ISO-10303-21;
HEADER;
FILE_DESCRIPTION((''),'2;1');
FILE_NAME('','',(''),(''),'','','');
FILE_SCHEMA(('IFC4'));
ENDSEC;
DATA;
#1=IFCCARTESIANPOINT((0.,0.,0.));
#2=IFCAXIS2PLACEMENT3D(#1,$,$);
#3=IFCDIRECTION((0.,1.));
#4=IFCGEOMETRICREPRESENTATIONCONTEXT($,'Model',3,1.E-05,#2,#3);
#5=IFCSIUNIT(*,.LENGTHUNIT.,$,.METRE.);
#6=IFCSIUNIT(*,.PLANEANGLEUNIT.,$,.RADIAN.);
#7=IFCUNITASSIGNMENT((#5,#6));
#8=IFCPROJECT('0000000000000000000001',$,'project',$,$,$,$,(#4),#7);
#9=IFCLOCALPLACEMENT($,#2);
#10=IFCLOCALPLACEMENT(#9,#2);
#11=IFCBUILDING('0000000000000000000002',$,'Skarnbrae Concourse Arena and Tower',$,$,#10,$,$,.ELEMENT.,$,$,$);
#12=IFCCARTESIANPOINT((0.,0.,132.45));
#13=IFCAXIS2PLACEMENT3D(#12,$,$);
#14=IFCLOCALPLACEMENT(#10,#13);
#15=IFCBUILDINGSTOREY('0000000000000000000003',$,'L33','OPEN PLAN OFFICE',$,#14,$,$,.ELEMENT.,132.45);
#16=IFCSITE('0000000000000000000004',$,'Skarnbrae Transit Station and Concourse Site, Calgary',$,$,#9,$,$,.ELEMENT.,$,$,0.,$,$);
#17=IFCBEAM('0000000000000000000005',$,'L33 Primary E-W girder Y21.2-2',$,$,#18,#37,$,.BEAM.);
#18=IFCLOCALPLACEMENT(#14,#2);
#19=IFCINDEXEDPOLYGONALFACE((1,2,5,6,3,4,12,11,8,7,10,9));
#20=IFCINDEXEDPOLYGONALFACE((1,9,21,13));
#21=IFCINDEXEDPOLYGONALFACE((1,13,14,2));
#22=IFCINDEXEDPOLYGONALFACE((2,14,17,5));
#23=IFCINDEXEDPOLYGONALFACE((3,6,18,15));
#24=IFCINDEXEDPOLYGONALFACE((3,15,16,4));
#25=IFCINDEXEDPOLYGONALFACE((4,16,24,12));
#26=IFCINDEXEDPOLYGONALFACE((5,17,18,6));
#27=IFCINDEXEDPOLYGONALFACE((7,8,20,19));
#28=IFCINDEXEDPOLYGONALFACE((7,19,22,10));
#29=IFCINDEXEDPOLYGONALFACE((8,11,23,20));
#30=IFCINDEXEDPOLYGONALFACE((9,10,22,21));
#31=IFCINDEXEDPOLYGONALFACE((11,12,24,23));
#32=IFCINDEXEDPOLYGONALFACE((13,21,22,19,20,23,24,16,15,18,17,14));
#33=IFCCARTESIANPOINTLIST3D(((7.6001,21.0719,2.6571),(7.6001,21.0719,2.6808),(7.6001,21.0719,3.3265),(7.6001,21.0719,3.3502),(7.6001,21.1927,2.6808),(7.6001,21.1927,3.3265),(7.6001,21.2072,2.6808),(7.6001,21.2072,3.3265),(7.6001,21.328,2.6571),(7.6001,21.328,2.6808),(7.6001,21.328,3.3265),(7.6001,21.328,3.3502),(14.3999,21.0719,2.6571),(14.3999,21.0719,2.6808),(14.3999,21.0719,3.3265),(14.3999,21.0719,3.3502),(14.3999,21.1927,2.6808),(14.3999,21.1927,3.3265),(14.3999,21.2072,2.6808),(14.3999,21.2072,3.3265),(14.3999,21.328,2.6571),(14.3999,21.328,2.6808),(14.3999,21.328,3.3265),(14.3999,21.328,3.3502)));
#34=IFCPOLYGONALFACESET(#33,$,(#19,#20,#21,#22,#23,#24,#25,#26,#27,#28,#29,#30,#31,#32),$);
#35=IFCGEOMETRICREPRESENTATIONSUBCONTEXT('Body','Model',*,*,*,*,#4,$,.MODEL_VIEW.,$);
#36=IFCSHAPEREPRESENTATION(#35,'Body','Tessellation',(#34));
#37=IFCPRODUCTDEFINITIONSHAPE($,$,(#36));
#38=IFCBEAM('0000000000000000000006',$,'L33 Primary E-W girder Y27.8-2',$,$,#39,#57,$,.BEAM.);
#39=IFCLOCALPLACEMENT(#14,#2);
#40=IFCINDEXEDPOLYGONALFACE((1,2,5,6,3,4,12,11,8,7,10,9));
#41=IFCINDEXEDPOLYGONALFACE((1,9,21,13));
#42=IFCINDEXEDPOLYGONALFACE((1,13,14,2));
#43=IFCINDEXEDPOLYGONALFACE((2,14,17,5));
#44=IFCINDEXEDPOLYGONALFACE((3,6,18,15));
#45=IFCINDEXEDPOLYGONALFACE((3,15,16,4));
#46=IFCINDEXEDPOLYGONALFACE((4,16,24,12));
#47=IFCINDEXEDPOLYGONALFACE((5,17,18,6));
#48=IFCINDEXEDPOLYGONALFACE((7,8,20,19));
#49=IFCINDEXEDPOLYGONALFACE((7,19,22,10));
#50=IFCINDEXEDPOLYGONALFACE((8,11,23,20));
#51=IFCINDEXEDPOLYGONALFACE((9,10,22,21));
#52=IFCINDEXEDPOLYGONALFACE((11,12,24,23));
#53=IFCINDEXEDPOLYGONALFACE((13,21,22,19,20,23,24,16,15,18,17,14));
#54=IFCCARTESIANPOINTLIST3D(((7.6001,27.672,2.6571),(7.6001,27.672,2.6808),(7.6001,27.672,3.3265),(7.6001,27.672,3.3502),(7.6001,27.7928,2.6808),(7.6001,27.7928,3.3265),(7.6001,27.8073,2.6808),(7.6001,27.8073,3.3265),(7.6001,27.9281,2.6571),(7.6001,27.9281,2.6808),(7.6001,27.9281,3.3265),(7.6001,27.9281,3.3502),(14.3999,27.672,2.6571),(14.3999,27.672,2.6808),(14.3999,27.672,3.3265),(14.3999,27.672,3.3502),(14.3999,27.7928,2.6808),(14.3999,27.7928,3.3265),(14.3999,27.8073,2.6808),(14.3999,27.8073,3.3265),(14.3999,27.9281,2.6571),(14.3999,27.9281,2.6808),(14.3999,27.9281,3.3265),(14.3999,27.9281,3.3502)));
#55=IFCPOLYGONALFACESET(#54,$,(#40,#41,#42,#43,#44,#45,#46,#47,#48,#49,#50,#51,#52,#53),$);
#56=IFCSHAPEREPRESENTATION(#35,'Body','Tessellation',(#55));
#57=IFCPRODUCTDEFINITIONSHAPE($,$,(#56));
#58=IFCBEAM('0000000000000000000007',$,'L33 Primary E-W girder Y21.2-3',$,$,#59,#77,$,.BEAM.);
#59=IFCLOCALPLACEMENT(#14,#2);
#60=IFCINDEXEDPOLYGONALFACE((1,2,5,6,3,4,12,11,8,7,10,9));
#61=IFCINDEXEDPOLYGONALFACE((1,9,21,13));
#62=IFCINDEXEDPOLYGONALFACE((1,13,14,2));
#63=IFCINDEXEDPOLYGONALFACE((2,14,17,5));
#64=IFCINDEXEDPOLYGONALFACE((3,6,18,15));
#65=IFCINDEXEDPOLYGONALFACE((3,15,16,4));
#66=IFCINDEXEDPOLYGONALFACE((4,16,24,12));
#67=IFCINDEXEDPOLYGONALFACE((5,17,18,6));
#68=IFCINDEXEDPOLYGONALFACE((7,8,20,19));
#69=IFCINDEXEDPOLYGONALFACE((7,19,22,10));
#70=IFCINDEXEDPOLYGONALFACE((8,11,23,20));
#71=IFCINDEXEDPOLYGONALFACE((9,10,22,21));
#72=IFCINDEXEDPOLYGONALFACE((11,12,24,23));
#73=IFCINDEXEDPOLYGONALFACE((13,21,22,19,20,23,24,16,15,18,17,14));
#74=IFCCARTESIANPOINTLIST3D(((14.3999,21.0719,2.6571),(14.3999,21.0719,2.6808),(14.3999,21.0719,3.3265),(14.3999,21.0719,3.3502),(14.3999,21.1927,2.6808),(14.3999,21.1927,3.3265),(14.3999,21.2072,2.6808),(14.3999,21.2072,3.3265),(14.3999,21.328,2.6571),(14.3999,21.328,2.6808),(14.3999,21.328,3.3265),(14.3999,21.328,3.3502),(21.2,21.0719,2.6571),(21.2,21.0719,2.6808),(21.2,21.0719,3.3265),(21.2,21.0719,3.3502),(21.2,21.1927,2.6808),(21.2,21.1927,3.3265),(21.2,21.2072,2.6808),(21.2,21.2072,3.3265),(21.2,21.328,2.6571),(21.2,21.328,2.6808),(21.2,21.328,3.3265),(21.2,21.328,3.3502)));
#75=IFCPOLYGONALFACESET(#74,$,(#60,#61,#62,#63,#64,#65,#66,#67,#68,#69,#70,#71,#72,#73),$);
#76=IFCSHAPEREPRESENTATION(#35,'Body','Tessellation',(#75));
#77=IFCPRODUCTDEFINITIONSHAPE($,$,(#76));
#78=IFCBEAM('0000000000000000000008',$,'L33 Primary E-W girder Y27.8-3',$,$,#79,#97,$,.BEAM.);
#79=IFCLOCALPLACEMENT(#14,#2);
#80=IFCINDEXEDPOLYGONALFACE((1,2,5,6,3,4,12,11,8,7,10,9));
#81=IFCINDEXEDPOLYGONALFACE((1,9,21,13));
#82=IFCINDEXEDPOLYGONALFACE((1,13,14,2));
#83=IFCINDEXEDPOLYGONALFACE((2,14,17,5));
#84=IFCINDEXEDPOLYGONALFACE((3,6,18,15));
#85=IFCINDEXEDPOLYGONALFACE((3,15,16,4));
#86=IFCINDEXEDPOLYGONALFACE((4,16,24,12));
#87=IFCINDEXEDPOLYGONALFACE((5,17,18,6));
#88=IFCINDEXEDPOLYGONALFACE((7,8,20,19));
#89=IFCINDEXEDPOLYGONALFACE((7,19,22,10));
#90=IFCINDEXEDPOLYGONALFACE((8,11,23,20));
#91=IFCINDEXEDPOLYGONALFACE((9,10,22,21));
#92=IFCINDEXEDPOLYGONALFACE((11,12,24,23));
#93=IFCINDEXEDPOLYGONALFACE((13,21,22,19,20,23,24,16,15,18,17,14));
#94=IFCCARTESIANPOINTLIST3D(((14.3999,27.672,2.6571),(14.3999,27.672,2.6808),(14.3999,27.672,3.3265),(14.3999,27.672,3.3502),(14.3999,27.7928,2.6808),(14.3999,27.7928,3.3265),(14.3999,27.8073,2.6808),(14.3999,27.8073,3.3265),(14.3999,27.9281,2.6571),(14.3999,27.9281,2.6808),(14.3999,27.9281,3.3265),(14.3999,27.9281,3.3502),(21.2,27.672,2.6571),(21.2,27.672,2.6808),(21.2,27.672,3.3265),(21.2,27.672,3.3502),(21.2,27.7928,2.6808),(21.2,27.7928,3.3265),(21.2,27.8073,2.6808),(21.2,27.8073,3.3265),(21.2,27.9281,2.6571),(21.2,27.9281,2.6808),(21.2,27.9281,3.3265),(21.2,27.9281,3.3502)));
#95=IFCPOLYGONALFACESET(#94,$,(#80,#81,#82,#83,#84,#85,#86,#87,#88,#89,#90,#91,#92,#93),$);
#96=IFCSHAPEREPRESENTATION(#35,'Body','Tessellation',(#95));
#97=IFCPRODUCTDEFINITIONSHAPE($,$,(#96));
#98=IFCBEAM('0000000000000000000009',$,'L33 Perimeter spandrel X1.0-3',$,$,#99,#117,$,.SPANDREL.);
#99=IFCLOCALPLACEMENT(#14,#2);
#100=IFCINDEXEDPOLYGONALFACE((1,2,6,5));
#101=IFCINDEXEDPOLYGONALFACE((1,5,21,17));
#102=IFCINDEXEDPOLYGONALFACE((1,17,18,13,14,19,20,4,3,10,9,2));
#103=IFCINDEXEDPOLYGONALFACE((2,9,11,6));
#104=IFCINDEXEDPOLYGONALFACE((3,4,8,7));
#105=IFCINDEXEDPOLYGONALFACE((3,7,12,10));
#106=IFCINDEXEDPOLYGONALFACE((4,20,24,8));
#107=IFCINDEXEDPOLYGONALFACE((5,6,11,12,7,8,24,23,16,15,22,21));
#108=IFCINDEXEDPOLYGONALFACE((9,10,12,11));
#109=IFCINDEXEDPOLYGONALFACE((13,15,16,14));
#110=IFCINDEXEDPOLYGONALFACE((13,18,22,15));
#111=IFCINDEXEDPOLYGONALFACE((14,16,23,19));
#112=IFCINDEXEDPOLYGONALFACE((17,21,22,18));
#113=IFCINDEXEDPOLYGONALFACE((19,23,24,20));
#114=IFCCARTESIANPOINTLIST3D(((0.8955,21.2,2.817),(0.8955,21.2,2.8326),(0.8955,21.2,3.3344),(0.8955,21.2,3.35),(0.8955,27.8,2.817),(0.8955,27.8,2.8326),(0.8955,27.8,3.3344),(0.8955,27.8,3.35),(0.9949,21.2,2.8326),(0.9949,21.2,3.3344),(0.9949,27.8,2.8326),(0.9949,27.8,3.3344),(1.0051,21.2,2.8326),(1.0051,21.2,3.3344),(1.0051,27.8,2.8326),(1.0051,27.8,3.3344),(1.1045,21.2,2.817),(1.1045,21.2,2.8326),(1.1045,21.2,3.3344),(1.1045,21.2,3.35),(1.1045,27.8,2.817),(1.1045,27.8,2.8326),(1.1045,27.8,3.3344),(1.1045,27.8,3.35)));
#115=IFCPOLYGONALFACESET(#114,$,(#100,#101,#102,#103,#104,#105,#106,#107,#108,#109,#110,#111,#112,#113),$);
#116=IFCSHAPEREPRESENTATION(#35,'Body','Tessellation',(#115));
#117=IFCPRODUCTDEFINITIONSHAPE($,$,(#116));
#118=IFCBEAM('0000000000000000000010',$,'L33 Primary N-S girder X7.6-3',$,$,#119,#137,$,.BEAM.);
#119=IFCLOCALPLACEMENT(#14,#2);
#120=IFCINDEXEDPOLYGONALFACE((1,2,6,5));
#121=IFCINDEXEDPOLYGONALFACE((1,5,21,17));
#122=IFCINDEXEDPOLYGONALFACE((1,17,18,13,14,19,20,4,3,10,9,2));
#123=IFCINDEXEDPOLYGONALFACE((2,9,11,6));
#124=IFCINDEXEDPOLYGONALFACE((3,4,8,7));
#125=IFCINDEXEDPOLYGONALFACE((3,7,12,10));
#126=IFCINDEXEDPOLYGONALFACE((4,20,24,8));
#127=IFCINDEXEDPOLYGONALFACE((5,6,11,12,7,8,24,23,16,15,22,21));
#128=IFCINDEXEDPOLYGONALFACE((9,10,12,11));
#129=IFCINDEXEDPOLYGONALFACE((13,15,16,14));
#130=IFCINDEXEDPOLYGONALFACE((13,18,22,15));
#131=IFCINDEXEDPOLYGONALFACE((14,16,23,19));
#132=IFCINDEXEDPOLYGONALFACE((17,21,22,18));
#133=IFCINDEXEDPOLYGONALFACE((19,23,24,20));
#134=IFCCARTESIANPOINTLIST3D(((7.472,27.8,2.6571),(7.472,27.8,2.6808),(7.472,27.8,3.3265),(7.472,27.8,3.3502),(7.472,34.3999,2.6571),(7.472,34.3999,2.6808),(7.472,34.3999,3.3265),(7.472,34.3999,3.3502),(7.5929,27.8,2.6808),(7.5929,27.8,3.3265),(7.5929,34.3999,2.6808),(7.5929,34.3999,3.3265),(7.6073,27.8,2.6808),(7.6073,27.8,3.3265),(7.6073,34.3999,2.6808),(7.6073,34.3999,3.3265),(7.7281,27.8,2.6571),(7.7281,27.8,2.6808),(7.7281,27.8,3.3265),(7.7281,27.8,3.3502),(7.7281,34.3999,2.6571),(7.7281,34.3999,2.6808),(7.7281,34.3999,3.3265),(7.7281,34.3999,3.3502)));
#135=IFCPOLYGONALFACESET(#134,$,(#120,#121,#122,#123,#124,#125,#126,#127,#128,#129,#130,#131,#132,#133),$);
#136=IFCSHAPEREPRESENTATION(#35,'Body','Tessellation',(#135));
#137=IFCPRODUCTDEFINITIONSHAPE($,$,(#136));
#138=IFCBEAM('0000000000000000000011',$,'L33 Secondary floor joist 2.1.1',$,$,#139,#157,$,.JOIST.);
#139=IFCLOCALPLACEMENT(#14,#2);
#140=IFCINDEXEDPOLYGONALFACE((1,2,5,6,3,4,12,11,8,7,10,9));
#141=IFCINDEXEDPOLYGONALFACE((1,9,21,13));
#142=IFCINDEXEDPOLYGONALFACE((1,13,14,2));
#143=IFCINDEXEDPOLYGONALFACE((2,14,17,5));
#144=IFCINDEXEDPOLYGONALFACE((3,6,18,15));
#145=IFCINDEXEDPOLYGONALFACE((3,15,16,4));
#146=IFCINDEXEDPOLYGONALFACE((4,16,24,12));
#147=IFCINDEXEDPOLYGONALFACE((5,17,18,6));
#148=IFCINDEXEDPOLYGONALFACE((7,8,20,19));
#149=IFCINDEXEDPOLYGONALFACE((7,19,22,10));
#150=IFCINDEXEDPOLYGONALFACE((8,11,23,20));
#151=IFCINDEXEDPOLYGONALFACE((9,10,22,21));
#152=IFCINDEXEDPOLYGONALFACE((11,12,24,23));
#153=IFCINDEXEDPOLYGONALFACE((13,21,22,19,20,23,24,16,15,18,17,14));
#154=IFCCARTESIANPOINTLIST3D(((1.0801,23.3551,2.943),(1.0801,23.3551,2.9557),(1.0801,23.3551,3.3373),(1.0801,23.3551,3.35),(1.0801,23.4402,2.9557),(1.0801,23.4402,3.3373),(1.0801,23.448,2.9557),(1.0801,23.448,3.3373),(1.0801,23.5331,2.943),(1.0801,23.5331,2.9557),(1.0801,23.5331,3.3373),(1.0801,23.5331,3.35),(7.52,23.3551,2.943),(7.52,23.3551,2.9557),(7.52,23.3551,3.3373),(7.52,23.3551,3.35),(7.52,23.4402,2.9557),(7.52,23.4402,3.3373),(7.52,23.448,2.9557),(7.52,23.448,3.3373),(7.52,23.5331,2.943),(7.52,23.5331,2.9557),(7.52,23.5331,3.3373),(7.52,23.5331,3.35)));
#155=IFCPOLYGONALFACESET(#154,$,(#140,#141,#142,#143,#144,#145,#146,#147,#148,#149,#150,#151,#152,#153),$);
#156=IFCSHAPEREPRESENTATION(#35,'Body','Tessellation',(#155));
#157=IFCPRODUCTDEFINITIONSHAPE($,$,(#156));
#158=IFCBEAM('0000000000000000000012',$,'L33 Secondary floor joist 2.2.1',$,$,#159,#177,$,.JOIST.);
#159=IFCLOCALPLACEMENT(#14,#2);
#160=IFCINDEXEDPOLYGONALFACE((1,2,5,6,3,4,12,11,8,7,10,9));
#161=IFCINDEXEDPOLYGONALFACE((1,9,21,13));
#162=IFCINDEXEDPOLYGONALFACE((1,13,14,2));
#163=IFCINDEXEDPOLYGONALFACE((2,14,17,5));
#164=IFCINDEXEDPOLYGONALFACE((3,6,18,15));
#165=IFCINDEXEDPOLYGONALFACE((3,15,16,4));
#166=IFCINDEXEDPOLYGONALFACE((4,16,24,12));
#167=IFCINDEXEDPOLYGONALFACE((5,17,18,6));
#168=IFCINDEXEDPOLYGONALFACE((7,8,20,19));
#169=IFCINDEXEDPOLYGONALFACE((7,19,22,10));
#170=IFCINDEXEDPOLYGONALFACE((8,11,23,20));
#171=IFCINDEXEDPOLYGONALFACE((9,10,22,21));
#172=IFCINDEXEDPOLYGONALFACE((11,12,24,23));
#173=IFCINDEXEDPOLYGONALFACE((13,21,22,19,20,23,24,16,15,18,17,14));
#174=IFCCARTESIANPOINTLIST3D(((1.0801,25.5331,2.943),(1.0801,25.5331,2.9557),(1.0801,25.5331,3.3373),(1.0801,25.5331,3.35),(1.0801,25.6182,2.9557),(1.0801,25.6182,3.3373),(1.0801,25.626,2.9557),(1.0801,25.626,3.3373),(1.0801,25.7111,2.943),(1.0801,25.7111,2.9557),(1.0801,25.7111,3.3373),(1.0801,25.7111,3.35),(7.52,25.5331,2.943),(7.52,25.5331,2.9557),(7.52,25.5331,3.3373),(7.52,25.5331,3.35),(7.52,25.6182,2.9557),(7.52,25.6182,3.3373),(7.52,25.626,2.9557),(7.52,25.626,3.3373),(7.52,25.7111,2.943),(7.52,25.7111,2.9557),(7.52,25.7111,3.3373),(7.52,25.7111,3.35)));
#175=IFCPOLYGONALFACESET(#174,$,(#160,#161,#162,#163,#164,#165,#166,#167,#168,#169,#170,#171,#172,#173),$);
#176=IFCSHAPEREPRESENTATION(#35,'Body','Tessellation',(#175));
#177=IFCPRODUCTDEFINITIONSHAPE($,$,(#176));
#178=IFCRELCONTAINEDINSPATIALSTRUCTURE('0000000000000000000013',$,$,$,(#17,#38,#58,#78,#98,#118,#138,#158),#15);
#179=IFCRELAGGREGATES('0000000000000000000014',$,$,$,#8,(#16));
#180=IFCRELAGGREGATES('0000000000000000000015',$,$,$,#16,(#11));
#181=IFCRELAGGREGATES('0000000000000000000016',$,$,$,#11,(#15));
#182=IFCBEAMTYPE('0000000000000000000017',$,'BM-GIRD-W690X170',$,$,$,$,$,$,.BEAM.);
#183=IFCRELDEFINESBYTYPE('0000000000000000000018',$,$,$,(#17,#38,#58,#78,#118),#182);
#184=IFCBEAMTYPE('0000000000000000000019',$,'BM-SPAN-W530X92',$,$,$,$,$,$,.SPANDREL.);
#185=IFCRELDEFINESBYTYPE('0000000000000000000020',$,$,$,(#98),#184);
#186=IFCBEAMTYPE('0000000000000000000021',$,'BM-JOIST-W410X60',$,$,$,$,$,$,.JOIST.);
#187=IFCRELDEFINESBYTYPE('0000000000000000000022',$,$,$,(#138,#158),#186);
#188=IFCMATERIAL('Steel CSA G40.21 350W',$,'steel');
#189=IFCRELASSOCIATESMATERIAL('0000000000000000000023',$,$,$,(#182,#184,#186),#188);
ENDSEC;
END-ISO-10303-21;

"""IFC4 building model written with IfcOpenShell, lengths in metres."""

from ifc_helpers import new_model, si_unit, direction, frame, origin, origin_2d, place, context, subcontext, project, spatial, i_section, extrude, source, transform, mapped, material, material_profile, profile_set, type_object, element, save


model = new_model("IFC4")

# Units and contexts
model_context = context("Model", 3, precision=1e-05, world=origin(), true_north=direction((0.0, 1.0)))
body_context = subcontext(model_context, "Body", "Model", "MODEL_VIEW")
ifc_project = project(units=[si_unit("LENGTHUNIT", "METRE"), si_unit("PLANEANGLEUNIT", "RADIAN")], contexts=[model_context])

# Site, building, storey
site_placement = place(None, origin())
site = spatial("IfcSite", under=ifc_project, at=site_placement, Name="Skarnbrae Transit Station and Concourse Site, Calgary", CompositionType="ELEMENT", RefElevation=0.0)
building_placement = place(site_placement, origin())
building = spatial("IfcBuilding", under=site, at=building_placement, Name="Skarnbrae Concourse Arena and Tower", CompositionType="ELEMENT")
storey_placement = place(building_placement, frame((0.0, 0.0, 132.45)))
storey = spatial("IfcBuildingStorey", under=building, at=storey_placement, Name="L33", Description="OPEN PLAN OFFICE", CompositionType="ELEMENT", Elevation=132.45)

# Shared definitions
ifc_material_1 = material(Name="Steel CSA G40.21 350W", Category="steel")

# Beams
ifc_material_profile_1 = material_profile(ifc_material_1, i_section(OverallWidth=0.2561, OverallDepth=0.6931, WebThickness=0.0144, FlangeThickness=0.0237, at=origin_2d()), Name="W690X170")
ifc_profile_set_1 = profile_set([ifc_material_profile_1], Name="Steel CSA G40.21 350W")
beam_type_1 = type_object("IfcBeamType", Name="BM-GIRD-W690X170", PredefinedType="BEAM", material=ifc_profile_set_1)
shared_shape_1 = source(origin(), body_context, "Body", "SweptSolid", [
    extrude(i_section(OverallWidth=0.2561, OverallDepth=0.6931, WebThickness=0.0144, FlangeThickness=0.0237, at=origin_2d()), origin(), (0.0, 0.0, 1.0), 6.7998),
])
for number, where, z_axis, x_axis, name in (
    (1, (7.6001, 21.2, 3.0037), (1.0, 0.0, 0.0), (0.0, 1.0, 0.0), "L33 Primary E-W girder Y21.2-2"),
    (2, (7.6001, 27.8, 3.0037), (1.0, 0.0, 0.0), (0.0, 1.0, 0.0), "L33 Primary E-W girder Y27.8-2"),
):
    element("IfcBeam", number, at=place(storey_placement, frame(where, z_axis=z_axis, x_axis=x_axis)), inside=storey, type_object=beam_type_1, Name=name, PredefinedType="BEAM", context=body_context, shape_type="MappedRepresentation", body=[
        mapped(shared_shape_1, transform((0.0, 0.0, 0.0))),
    ])
shared_shape_2 = source(origin(), body_context, "Body", "SweptSolid", [
    extrude(i_section(OverallWidth=0.2561, OverallDepth=0.6931, WebThickness=0.0144, FlangeThickness=0.0237, at=origin_2d()), origin(), (0.0, 0.0, 1.0), 6.8),
])
for number, where, z_axis, x_axis, name in (
    (3, (14.3999, 21.2, 3.0037), (1.0, 0.0, 0.0), (0.0, 1.0, 0.0), "L33 Primary E-W girder Y21.2-3"),
    (4, (14.3999, 27.8, 3.0037), (1.0, 0.0, 0.0), (0.0, 1.0, 0.0), "L33 Primary E-W girder Y27.8-3"),
):
    element("IfcBeam", number, at=place(storey_placement, frame(where, z_axis=z_axis, x_axis=x_axis)), inside=storey, type_object=beam_type_1, Name=name, PredefinedType="BEAM", context=body_context, shape_type="MappedRepresentation", body=[
        mapped(shared_shape_2, transform((0.0, 0.0, 0.0))),
    ])
ifc_material_profile_2 = material_profile(ifc_material_1, i_section(OverallWidth=0.209, OverallDepth=0.533, WebThickness=0.0103, FlangeThickness=0.0156, at=origin_2d()), Name="W530X92")
ifc_profile_set_2 = profile_set([ifc_material_profile_2], Name="Steel CSA G40.21 350W")
beam_type_2 = type_object("IfcBeamType", Name="BM-SPAN-W530X92", PredefinedType="SPANDREL", material=ifc_profile_set_2)
shared_shape_3 = source(origin(), body_context, "Body", "SweptSolid", [
    extrude(i_section(OverallWidth=0.209, OverallDepth=0.533, WebThickness=0.0103, FlangeThickness=0.0156, at=origin_2d()), origin(), (0.0, 0.0, 1.0), 6.6001),
])
beam_1_placement = place(storey_placement, frame((1.0, 21.2, 3.0835), z_axis=(0.0, 1.0, 0.0), x_axis=(-1.0, 0.0, 0.0)))
element("IfcBeam", 5, at=beam_1_placement, inside=storey, type_object=beam_type_2, Name="L33 Perimeter spandrel X1.0-3", PredefinedType="SPANDREL", context=body_context, shape_type="MappedRepresentation", body=[
    mapped(shared_shape_3, transform((0.0, 0.0, 0.0))),
])
shared_shape_4 = source(origin(), body_context, "Body", "SweptSolid", [
    extrude(i_section(OverallWidth=0.2561, OverallDepth=0.6931, WebThickness=0.0144, FlangeThickness=0.0237, at=origin_2d()), origin(), (0.0, 0.0, 1.0), 6.5999),
])
beam_2_placement = place(storey_placement, frame((7.6001, 27.8, 3.0037), z_axis=(0.0, 1.0, 0.0), x_axis=(-1.0, 0.0, 0.0)))
element("IfcBeam", 6, at=beam_2_placement, inside=storey, type_object=beam_type_1, Name="L33 Primary N-S girder X7.6-3", PredefinedType="BEAM", context=body_context, shape_type="MappedRepresentation", body=[
    mapped(shared_shape_4, transform((0.0, 0.0, 0.0))),
])
ifc_material_profile_3 = material_profile(ifc_material_1, i_section(OverallWidth=0.178, OverallDepth=0.407, WebThickness=0.0078, FlangeThickness=0.0127, at=origin_2d()), Name="W410X60")
ifc_profile_set_3 = profile_set([ifc_material_profile_3], Name="Steel CSA G40.21 350W")
beam_type_3 = type_object("IfcBeamType", Name="BM-JOIST-W410X60", PredefinedType="JOIST", material=ifc_profile_set_3)
shared_shape_5 = source(origin(), body_context, "Body", "SweptSolid", [
    extrude(i_section(OverallWidth=0.178, OverallDepth=0.407, WebThickness=0.0078, FlangeThickness=0.0127, at=origin_2d()), origin(), (0.0, 0.0, 1.0), 6.4399),
])
for number, where, z_axis, x_axis, name in (
    (7, (1.0801, 23.4441, 3.1465), (1.0, 0.0, 0.0), (0.0, 1.0, 0.0), "L33 Secondary floor joist 2.1.1"),
    (8, (1.0801, 25.6221, 3.1465), (1.0, 0.0, 0.0), (0.0, 1.0, 0.0), "L33 Secondary floor joist 2.2.1"),
):
    element("IfcBeam", number, at=place(storey_placement, frame(where, z_axis=z_axis, x_axis=x_axis)), inside=storey, type_object=beam_type_3, Name=name, PredefinedType="JOIST", context=body_context, shape_type="MappedRepresentation", body=[
        mapped(shared_shape_5, transform((0.0, 0.0, 0.0))),
    ])

save(model, "model.ifc")
